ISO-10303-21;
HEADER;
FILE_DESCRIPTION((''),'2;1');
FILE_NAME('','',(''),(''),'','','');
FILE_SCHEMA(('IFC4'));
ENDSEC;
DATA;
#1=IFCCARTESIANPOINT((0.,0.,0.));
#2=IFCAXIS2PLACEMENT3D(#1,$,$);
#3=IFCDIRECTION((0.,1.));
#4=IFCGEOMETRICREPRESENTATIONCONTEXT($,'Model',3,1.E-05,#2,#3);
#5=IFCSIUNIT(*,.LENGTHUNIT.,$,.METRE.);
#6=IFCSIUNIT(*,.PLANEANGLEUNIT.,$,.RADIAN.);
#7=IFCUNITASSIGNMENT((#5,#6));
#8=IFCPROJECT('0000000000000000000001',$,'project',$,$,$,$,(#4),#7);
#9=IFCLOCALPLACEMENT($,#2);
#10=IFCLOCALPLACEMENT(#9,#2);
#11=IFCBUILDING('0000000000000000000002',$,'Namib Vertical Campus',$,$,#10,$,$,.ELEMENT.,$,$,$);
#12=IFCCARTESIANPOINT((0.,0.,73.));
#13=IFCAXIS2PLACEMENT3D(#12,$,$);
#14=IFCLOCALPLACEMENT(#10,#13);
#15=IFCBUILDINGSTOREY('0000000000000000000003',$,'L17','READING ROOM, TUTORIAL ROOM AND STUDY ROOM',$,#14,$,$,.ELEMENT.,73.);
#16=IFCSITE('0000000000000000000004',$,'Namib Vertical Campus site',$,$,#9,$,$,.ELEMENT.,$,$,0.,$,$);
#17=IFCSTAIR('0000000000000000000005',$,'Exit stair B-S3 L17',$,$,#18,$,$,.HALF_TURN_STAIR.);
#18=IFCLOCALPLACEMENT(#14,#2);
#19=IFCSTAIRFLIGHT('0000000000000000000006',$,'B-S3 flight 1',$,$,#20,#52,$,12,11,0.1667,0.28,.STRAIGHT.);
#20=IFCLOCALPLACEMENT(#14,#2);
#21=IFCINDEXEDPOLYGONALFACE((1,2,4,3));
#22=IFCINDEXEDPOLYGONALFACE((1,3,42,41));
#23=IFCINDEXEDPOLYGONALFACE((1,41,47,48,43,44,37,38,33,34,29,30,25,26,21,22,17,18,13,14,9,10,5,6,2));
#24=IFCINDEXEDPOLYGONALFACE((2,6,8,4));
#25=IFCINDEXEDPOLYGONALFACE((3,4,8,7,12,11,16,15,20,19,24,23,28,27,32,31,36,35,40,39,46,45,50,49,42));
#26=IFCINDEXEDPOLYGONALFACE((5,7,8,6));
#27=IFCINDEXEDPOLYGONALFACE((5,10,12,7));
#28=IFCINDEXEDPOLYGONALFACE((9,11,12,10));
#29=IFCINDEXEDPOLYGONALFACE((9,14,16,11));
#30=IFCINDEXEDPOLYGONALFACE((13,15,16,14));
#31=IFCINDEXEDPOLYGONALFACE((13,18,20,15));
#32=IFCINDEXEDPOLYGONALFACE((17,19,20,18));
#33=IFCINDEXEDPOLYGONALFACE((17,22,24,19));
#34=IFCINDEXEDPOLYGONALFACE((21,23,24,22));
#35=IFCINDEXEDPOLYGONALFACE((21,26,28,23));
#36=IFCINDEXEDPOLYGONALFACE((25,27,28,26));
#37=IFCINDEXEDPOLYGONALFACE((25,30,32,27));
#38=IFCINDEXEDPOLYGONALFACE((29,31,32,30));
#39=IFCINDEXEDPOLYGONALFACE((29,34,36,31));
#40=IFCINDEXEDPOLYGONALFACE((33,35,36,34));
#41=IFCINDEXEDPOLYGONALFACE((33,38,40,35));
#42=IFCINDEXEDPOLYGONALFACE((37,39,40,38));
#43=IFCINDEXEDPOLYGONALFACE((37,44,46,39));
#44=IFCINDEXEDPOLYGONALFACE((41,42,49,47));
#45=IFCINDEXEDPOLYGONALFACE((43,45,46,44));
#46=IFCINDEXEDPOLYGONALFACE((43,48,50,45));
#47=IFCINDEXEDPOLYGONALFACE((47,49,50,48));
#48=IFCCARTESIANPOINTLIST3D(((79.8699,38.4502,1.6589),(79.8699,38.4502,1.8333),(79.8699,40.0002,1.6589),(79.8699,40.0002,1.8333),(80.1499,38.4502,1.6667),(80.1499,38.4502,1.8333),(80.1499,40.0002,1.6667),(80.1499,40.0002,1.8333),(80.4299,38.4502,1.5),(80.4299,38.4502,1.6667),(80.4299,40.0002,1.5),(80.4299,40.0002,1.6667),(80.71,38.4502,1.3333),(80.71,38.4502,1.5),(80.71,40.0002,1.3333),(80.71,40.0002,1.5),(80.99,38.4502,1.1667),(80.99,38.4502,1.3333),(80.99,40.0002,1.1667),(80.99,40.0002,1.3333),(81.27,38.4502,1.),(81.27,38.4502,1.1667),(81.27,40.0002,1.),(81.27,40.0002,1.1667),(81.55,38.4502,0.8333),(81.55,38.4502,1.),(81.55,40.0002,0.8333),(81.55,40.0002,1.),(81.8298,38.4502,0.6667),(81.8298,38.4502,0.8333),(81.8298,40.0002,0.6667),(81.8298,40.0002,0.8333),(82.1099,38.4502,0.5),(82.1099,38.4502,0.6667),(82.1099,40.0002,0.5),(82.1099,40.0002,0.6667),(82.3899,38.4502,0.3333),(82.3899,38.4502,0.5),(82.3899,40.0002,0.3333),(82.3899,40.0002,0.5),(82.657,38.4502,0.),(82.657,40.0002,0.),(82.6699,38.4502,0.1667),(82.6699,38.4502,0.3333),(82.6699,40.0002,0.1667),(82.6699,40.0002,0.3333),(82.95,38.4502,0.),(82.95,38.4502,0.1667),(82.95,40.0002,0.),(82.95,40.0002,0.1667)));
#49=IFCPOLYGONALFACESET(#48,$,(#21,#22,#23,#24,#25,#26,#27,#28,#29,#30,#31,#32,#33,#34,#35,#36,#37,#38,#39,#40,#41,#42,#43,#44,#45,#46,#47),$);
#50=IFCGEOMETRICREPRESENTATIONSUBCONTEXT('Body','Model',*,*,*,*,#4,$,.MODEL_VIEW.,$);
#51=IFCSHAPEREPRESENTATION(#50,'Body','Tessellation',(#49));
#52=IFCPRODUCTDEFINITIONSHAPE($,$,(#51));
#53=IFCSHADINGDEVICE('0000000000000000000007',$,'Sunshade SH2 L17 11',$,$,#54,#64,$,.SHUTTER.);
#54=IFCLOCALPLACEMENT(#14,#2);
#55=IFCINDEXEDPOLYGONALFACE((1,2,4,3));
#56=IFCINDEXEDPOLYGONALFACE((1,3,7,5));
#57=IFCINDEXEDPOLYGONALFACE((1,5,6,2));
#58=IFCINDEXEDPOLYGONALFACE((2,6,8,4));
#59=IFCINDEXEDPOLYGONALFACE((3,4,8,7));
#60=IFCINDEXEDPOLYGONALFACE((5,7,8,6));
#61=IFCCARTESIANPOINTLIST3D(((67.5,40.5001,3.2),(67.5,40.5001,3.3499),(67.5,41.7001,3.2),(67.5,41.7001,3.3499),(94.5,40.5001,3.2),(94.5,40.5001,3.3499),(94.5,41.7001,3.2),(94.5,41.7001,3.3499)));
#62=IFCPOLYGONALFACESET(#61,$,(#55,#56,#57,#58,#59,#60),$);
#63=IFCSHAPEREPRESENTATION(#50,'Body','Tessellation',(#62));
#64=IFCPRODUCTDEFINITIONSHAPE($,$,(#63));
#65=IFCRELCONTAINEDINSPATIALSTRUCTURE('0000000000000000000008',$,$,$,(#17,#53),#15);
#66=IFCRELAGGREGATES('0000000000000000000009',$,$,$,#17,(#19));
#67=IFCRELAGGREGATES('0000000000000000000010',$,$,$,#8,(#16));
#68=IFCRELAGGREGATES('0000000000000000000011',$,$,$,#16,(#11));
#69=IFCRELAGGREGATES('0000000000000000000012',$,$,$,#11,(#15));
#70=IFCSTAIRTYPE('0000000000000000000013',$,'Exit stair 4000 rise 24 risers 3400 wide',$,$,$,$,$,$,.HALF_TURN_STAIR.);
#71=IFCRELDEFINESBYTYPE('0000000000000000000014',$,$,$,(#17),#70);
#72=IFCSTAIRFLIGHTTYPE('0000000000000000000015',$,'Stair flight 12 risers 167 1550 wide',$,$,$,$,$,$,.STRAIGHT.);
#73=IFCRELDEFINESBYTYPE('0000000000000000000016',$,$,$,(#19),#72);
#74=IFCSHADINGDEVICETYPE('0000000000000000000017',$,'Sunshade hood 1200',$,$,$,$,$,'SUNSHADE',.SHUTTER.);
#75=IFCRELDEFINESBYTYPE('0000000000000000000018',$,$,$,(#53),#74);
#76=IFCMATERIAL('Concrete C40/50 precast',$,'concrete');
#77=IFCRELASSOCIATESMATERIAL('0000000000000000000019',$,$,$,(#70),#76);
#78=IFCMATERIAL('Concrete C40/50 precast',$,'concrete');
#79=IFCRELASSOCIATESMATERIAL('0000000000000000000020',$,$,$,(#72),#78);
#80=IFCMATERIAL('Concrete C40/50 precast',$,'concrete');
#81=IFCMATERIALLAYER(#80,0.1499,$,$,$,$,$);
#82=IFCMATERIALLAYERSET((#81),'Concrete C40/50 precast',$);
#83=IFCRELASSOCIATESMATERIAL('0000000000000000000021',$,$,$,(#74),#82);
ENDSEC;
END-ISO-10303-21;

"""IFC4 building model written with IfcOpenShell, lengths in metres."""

from ifc_helpers import new_model, si_unit, direction, frame, origin, origin_2d, place, context, subcontext, project, spatial, polyline, rectangle, outline, extrude, material, layer, layer_set, type_object, element, aggregate, save


model = new_model("IFC4")

# Units and contexts
model_context = context("Model", 3, precision=1e-05, world=origin(), true_north=direction((0.0, 1.0)))
body_context = subcontext(model_context, "Body", "Model", "MODEL_VIEW")
ifc_project = project(units=[si_unit("LENGTHUNIT", "METRE"), si_unit("PLANEANGLEUNIT", "RADIAN")], contexts=[model_context])

# Site, building, storey
site_placement = place(None, origin())
site = spatial("IfcSite", under=ifc_project, at=site_placement, Name="Namib Vertical Campus site", CompositionType="ELEMENT", RefElevation=0.0)
building_placement = place(site_placement, origin())
building = spatial("IfcBuilding", under=site, at=building_placement, Name="Namib Vertical Campus", CompositionType="ELEMENT")
storey_placement = place(building_placement, frame((0.0, 0.0, 73.0)))
storey = spatial("IfcBuildingStorey", under=building, at=storey_placement, Name="L17", Description="READING ROOM, TUTORIAL ROOM AND STUDY ROOM", CompositionType="ELEMENT", Elevation=73.0)

# Shared definitions
ifc_material_1 = material(Name="Concrete C40/50 precast", Category="concrete")
stair_type = type_object("IfcStairType", Name="Exit stair 4000 rise 24 risers 3400 wide", PredefinedType="HALF_TURN_STAIR", material=ifc_material_1)
ifc_material_2 = material(Name="Concrete C40/50 precast", Category="concrete")
stair_flight_type = type_object("IfcStairFlightType", Name="Stair flight 12 risers 167 1550 wide", PredefinedType="STRAIGHT", material=ifc_material_2)

# Stair, stair flight
stair_1_placement = place(storey_placement, origin())
stair_1 = element("IfcStair", 1, at=stair_1_placement, inside=storey, type_object=stair_type, Name="Exit stair B-S3 L17", PredefinedType="HALF_TURN_STAIR")
stair_flight_1_placement = place(storey_placement, frame((82.95, 39.2251, 0.0), z_axis=(0.0, 0.0, 1.0), x_axis=(-1.0, 0.0, 0.0)))
stair_flight_1 = element("IfcStairFlight", 2, at=stair_flight_1_placement, type_object=stair_flight_type, Name="B-S3 flight 1", NumberOfRisers=12, NumberOfTreads=11, PredefinedType="STRAIGHT", RiserHeight=0.1667, TreadLength=0.28, context=body_context, shape_type="SweptSolid", body=[
    extrude(outline(polyline([(0.0, 0.0), (0.0, 0.1667), (0.28, 0.1667), (0.28, 0.3333), (0.5601, 0.3333), (0.5601, 0.5), (0.8401, 0.5), (0.8401, 0.6667), (1.1201, 0.6667), (1.1201, 0.8333), (1.3999, 0.8333), (1.3999, 1.0), (1.6799, 1.0), (1.6799, 1.1667), (1.96, 1.1667), (1.96, 1.3333), (2.24, 1.3333), (2.24, 1.5), (2.52, 1.5), (2.52, 1.6667), (2.8, 1.6667), (2.8, 1.8333), (3.0801, 1.8333), (3.0801, 2.0), (3.0801, 1.6589), (0.293, 0.0), (0.0, 0.0)])), frame((0.0, 0.7749, 0.0), z_axis=(0.0, -1.0, 0.0), x_axis=(1.0, 0.0, 0.0)), (0.0, 0.0, 1.0), 1.55),
])
aggregate(stair_1, [stair_flight_1])

# Shading device
ifc_material_3 = material(Name="Concrete C40/50 precast", Category="concrete")
ifc_layer_1 = layer(ifc_material_3, 0.1499)
ifc_layer_set_1 = layer_set([ifc_layer_1], Name="Concrete C40/50 precast")
shading_device_type = type_object("IfcShadingDeviceType", Name="Sunshade hood 1200", ElementType="SUNSHADE", PredefinedType="SHUTTER", material=ifc_layer_set_1)
shading_device_placement = place(storey_placement, frame((81.0, 41.1001, 3.2), z_axis=(0.0, 0.0, 1.0), x_axis=(-1.0, 0.0, 0.0)))
element("IfcShadingDevice", 3, at=shading_device_placement, inside=storey, type_object=shading_device_type, Name="Sunshade SH2 L17 11", PredefinedType="SHUTTER", context=body_context, shape_type="SweptSolid", body=[
    extrude(rectangle(XDim=27.0, YDim=1.2, at=origin_2d()), origin(), (0.0, 0.0, 1.0), 0.1499),
])

save(model, "model.ifc")
